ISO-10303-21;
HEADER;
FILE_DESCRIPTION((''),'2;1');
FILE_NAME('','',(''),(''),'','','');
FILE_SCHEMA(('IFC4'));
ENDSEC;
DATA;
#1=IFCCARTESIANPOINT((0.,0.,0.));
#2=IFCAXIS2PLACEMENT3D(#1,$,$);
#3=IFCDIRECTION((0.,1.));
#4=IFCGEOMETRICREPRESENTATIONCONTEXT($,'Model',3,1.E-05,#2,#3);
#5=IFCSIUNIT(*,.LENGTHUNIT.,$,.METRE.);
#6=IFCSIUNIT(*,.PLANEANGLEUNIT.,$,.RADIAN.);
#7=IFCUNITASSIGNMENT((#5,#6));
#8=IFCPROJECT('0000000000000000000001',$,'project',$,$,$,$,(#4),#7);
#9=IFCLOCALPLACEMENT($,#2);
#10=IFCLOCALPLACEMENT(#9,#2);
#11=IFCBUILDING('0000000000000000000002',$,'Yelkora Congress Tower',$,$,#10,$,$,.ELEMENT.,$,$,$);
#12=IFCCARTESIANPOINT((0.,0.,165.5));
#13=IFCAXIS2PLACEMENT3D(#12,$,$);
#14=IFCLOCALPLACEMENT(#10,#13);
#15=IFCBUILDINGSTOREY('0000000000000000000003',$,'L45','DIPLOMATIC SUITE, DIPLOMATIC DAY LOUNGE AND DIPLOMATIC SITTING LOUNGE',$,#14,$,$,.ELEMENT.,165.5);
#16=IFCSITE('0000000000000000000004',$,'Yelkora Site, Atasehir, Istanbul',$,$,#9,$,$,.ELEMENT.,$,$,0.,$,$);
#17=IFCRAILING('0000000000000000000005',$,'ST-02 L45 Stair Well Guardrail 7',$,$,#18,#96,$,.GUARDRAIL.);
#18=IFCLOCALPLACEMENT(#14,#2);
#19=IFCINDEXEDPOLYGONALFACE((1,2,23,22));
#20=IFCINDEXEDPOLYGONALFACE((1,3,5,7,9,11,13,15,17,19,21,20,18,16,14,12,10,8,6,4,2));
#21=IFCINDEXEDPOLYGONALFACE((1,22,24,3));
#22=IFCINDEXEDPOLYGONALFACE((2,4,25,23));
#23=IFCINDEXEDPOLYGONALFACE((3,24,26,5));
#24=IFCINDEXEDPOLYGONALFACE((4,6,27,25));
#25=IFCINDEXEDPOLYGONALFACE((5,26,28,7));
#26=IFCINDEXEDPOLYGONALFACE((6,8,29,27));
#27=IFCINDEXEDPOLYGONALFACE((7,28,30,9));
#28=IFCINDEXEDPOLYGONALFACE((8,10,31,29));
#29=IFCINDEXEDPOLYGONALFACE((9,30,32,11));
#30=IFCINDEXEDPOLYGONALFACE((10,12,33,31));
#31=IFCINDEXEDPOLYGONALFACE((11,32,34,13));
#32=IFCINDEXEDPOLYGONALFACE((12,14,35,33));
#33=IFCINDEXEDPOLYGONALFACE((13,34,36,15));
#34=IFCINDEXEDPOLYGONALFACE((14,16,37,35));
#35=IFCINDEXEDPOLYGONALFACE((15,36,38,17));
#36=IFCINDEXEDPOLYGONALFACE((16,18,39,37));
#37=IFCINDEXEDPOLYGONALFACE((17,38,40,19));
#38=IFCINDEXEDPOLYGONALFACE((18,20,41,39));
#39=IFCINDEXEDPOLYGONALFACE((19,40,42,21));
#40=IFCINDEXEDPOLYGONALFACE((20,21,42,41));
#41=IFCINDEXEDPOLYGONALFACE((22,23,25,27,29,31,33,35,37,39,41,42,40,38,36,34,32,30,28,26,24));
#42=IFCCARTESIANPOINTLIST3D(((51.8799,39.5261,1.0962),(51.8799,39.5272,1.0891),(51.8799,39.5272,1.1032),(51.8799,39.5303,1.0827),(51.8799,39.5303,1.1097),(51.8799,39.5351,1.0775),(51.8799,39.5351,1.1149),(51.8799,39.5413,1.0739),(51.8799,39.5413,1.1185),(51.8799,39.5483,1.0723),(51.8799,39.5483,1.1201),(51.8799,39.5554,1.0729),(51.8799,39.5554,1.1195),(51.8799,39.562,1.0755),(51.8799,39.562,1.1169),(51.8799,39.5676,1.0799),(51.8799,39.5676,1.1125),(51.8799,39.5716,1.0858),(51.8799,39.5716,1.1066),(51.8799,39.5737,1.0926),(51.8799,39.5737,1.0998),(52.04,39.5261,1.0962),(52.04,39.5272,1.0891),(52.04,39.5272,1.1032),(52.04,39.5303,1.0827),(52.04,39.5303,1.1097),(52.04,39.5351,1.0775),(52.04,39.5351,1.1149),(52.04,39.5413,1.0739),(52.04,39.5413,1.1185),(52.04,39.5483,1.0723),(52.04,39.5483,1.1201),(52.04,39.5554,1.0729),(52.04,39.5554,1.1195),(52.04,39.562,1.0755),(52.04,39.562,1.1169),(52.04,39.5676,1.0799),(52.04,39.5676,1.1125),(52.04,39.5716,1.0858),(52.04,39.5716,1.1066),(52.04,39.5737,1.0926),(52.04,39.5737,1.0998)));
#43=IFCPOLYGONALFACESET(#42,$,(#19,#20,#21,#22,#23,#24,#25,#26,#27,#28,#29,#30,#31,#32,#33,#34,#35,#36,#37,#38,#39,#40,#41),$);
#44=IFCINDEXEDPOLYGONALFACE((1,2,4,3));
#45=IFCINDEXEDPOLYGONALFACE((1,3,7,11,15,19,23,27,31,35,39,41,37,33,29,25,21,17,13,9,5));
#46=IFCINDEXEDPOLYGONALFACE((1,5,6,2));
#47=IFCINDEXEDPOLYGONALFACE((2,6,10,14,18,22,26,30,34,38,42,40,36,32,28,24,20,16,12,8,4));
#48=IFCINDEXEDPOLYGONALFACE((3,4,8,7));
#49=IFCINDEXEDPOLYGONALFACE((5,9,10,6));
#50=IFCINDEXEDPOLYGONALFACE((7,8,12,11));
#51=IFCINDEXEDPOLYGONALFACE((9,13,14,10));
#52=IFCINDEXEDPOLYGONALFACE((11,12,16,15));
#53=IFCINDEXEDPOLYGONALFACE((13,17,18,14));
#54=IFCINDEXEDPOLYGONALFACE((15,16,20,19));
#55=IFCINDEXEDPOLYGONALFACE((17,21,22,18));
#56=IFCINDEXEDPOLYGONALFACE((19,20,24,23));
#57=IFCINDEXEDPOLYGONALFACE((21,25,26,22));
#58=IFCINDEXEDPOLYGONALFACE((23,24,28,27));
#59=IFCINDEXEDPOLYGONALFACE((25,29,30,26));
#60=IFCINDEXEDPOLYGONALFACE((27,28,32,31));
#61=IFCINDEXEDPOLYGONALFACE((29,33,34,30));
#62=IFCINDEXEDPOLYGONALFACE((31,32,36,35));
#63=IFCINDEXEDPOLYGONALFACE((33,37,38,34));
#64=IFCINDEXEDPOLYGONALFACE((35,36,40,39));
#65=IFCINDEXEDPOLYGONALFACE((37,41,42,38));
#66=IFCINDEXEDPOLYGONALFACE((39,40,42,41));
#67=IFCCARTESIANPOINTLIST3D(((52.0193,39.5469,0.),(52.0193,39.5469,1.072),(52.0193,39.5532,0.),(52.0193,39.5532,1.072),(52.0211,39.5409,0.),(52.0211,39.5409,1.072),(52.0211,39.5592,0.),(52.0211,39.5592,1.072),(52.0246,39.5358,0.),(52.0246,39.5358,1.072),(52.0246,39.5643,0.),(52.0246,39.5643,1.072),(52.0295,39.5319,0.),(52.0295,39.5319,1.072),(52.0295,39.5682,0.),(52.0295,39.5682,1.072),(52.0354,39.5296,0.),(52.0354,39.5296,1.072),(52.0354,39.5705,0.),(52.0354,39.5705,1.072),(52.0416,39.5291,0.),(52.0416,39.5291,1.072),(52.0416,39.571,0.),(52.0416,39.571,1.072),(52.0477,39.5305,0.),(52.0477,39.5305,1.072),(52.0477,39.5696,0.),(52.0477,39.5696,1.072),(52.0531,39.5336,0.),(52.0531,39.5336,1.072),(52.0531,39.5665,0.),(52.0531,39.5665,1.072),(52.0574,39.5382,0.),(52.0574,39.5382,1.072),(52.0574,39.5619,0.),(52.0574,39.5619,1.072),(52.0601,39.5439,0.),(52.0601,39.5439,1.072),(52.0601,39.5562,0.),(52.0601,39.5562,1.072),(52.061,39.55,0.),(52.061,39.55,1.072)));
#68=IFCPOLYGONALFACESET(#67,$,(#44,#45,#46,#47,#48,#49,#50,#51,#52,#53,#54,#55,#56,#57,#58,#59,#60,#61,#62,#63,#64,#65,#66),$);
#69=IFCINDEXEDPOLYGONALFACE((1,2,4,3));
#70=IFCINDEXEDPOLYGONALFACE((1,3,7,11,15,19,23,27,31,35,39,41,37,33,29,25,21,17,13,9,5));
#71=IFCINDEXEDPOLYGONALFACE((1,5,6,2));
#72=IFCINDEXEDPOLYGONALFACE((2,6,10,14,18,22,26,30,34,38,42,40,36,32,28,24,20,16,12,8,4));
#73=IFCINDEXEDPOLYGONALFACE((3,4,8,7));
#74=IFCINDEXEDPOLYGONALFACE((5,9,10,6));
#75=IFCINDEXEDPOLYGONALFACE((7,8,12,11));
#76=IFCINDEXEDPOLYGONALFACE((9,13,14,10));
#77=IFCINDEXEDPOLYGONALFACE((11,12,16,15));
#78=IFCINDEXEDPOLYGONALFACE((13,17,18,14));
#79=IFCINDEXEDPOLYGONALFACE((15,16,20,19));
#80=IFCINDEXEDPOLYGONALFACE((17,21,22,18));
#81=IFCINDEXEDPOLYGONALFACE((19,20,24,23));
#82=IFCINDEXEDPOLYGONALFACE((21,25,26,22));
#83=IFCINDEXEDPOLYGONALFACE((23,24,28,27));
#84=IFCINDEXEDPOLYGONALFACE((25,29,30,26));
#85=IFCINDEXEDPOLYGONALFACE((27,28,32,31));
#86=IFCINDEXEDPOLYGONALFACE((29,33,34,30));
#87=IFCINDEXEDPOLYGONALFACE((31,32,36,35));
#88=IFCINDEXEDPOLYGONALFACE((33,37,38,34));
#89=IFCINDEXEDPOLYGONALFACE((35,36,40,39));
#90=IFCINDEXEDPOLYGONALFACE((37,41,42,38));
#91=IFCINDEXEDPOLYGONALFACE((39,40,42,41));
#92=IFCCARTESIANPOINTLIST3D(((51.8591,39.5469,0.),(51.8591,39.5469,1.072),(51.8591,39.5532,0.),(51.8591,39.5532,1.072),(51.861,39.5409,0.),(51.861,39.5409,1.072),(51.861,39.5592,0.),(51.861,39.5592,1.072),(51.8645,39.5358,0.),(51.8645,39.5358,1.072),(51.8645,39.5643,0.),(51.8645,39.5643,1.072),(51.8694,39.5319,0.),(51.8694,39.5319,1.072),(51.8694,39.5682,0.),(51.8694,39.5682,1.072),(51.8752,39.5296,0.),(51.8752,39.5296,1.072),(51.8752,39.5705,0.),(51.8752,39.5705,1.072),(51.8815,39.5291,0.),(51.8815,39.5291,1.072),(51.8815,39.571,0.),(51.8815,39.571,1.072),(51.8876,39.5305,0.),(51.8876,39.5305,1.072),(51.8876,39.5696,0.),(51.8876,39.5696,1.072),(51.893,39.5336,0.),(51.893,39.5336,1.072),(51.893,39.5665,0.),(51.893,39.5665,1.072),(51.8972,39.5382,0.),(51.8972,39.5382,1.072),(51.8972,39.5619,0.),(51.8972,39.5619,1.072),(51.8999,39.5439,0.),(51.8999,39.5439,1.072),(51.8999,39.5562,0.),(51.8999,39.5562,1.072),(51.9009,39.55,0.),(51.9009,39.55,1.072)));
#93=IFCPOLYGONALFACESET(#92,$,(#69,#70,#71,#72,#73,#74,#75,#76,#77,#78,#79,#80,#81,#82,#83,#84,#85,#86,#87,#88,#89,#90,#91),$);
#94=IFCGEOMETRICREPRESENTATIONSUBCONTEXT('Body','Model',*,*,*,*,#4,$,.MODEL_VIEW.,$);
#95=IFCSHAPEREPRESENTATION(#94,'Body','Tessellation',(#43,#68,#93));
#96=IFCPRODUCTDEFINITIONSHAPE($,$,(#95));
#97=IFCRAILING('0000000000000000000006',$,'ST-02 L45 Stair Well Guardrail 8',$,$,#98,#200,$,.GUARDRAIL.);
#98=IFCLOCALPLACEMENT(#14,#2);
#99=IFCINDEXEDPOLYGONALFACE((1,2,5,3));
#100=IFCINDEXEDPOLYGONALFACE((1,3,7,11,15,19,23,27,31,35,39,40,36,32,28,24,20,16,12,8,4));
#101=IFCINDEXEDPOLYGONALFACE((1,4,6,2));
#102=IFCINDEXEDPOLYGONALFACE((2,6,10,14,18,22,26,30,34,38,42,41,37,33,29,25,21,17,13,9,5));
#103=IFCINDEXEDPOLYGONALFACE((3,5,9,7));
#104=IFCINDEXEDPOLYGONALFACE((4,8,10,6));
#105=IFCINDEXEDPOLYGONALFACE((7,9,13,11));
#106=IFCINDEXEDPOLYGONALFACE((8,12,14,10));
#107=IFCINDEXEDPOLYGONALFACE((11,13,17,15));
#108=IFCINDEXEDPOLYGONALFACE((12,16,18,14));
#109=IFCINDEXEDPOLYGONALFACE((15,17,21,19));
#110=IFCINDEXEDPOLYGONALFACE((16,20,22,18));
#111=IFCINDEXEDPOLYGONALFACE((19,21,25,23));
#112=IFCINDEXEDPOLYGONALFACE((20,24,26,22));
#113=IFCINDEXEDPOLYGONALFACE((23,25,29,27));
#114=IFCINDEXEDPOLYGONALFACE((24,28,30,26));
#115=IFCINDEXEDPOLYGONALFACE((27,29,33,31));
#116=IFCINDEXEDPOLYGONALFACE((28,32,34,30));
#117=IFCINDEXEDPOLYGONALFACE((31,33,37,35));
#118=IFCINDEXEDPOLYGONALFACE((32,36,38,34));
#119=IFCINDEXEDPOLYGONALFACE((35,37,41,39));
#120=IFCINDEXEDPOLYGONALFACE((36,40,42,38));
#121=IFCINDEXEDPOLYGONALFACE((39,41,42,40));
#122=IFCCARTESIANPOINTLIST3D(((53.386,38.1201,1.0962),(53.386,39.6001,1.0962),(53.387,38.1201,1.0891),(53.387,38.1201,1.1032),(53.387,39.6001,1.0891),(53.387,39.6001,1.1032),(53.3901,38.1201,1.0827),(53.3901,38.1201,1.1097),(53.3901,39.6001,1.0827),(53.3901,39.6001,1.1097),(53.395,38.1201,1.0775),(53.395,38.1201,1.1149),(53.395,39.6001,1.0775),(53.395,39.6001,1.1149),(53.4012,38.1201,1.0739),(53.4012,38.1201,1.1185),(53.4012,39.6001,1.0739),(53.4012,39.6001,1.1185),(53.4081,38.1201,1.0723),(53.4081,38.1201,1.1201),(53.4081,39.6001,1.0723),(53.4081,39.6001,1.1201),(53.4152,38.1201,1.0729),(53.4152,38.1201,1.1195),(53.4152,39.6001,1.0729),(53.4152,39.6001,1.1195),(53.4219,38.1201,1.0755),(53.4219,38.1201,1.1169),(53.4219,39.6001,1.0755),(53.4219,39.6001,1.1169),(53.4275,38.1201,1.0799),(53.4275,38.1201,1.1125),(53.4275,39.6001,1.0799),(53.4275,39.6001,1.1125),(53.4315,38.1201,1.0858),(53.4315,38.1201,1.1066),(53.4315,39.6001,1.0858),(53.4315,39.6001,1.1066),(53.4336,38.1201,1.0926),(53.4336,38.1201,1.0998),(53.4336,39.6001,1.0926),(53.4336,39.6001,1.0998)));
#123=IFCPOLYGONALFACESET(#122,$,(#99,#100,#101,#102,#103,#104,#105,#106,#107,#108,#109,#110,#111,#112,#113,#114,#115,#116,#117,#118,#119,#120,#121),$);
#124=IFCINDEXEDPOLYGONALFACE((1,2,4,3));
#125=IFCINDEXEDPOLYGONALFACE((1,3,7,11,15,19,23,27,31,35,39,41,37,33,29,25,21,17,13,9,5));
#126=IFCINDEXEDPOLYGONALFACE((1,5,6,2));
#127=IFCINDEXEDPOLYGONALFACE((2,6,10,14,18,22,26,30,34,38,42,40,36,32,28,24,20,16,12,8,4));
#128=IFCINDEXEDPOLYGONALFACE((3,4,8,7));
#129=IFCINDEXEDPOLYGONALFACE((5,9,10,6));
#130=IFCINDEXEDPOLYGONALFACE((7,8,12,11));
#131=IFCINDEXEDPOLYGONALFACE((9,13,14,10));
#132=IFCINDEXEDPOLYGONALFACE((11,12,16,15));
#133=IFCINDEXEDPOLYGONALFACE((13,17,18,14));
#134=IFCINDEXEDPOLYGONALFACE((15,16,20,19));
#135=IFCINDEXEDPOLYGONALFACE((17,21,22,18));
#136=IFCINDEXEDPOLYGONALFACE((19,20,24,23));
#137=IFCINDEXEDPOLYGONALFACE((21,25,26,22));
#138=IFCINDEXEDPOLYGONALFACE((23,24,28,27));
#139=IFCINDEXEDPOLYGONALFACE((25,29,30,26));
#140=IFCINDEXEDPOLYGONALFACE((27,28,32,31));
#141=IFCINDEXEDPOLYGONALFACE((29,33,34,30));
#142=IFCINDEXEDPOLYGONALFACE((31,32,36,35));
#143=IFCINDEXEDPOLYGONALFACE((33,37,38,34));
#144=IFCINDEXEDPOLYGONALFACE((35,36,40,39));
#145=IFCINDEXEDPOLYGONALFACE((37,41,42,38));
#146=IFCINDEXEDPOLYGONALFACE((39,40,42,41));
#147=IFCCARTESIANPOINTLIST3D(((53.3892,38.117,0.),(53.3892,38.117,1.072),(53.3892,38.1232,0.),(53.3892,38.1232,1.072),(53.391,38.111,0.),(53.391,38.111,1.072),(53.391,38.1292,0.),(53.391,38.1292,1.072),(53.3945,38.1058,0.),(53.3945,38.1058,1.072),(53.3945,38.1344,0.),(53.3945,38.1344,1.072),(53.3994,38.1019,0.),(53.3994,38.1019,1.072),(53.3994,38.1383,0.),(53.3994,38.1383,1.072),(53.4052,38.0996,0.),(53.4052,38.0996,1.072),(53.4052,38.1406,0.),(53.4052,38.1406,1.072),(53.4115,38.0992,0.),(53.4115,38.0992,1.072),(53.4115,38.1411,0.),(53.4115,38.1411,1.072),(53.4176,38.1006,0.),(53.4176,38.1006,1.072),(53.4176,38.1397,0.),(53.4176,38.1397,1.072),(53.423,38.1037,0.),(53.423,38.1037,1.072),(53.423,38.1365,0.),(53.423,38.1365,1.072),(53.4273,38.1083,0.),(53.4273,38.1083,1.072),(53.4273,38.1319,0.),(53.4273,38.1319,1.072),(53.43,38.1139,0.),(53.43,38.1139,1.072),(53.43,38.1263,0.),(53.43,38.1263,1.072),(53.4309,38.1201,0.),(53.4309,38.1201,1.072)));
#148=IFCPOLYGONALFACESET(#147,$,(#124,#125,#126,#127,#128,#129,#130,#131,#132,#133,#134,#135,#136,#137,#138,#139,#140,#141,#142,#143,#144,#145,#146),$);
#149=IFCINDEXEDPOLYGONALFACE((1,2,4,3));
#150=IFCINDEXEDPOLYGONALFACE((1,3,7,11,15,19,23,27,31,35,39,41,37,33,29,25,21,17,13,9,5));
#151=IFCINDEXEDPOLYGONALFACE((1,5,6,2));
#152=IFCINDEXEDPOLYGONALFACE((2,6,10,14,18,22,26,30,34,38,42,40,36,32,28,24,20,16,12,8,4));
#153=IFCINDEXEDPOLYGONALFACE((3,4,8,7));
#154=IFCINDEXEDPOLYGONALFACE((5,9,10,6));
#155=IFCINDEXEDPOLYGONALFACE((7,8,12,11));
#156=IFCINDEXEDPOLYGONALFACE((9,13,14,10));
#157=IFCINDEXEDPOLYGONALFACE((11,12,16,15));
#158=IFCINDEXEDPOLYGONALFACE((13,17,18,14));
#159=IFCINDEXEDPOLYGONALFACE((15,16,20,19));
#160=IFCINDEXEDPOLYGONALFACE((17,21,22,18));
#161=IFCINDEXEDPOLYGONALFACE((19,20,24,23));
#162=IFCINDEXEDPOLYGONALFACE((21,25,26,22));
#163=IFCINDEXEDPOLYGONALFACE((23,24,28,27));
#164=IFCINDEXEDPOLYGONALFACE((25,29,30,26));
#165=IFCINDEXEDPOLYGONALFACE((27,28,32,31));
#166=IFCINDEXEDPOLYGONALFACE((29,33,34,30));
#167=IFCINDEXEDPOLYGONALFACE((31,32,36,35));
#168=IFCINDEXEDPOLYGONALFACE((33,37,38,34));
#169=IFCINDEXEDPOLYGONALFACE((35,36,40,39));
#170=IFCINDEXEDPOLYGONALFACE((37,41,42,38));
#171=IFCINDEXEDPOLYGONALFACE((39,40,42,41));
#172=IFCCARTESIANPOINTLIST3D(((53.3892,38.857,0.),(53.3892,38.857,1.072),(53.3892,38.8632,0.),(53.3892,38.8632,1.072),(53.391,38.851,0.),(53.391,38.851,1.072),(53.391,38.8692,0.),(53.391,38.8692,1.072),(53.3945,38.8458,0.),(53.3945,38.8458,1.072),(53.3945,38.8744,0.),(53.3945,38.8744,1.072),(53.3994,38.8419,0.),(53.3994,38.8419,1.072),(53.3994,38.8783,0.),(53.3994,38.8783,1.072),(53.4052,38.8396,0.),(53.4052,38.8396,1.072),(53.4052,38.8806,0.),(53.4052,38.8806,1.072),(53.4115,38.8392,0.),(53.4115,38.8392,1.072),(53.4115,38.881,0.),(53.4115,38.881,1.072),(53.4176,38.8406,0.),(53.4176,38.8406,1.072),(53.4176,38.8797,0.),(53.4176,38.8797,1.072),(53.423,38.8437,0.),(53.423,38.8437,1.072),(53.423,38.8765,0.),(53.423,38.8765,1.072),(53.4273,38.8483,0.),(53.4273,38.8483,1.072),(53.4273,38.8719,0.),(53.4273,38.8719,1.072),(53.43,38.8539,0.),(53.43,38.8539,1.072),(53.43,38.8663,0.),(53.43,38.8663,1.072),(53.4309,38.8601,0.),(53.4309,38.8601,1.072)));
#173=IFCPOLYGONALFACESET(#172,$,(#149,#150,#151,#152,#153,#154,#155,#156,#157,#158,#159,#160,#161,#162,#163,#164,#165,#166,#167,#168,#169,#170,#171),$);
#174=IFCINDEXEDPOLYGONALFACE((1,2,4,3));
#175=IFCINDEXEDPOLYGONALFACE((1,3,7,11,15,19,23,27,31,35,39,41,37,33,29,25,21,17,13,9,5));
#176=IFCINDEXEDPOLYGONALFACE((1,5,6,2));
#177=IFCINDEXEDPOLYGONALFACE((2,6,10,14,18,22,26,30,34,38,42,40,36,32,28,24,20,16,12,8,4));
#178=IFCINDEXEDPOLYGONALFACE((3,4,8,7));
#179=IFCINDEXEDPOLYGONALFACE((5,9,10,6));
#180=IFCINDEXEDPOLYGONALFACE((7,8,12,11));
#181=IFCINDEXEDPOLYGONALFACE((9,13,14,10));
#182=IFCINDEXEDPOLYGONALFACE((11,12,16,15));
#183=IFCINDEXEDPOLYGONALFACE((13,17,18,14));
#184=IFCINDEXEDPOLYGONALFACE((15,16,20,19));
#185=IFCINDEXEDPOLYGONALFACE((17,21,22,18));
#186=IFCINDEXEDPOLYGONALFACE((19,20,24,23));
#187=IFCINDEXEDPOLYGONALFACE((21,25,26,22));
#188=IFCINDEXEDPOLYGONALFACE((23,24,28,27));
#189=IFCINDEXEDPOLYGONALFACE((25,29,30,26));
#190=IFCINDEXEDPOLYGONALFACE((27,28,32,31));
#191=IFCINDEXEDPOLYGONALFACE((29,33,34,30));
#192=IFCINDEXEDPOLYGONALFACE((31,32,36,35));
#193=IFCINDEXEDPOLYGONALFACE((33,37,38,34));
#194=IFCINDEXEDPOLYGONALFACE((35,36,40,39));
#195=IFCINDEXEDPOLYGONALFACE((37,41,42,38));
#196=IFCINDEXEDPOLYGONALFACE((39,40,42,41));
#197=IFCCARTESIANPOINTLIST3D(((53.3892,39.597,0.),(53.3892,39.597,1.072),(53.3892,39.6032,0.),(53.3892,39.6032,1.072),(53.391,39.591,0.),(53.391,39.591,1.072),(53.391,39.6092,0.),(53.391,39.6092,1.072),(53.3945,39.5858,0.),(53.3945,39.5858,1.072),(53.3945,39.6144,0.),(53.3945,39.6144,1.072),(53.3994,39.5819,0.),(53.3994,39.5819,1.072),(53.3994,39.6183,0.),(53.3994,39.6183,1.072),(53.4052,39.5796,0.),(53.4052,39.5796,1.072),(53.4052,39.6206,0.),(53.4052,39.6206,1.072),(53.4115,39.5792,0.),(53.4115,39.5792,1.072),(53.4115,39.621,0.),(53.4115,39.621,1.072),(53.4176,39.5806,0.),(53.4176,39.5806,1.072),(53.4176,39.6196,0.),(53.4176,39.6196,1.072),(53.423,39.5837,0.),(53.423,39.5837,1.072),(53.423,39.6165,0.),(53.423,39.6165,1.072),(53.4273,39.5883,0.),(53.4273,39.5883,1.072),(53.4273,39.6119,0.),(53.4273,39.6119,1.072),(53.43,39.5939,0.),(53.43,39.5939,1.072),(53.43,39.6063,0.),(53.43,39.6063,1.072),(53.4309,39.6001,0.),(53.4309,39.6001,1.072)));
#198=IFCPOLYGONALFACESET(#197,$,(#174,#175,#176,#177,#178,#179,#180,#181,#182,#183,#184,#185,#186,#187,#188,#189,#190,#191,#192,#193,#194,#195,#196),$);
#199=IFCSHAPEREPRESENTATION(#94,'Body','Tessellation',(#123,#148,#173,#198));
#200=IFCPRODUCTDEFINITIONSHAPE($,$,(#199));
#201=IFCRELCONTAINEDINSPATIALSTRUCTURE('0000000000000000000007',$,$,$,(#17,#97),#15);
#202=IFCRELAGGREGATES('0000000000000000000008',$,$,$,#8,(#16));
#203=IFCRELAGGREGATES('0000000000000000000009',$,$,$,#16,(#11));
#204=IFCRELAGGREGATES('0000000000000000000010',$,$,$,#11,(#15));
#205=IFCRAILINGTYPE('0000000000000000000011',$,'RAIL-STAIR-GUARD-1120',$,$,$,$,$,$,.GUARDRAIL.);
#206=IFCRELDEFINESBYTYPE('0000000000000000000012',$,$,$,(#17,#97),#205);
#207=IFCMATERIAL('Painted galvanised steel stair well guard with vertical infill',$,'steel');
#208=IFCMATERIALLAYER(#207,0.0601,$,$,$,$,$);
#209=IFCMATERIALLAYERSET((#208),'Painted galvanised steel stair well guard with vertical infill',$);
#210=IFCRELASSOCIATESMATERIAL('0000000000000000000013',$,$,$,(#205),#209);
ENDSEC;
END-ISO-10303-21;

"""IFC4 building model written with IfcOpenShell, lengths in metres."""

from ifc_helpers import new_model, si_unit, direction, frame, origin, origin_2d, place, context, subcontext, project, spatial, circle, extrude, material, layer, layer_set, type_object, element, save


model = new_model("IFC4")

# Units and contexts
model_context = context("Model", 3, precision=1e-05, world=origin(), true_north=direction((0.0, 1.0)))
body_context = subcontext(model_context, "Body", "Model", "MODEL_VIEW")
ifc_project = project(units=[si_unit("LENGTHUNIT", "METRE"), si_unit("PLANEANGLEUNIT", "RADIAN")], contexts=[model_context])

# Site, building, storey
site_placement = place(None, origin())
site = spatial("IfcSite", under=ifc_project, at=site_placement, Name="Yelkora Site, Atasehir, Istanbul", CompositionType="ELEMENT", RefElevation=0.0)
building_placement = place(site_placement, origin())
building = spatial("IfcBuilding", under=site, at=building_placement, Name="Yelkora Congress Tower", CompositionType="ELEMENT")
storey_placement = place(building_placement, frame((0.0, 0.0, 165.5)))
storey = spatial("IfcBuildingStorey", under=building, at=storey_placement, Name="L45", Description="DIPLOMATIC SUITE, DIPLOMATIC DAY LOUNGE AND DIPLOMATIC SITTING LOUNGE", CompositionType="ELEMENT", Elevation=165.5)

# Railings
ifc_material_1 = material(Name="Painted galvanised steel stair well guard with vertical infill", Category="steel")
ifc_layer_1 = layer(ifc_material_1, 0.0601)
ifc_layer_set_1 = layer_set([ifc_layer_1], Name="Painted galvanised steel stair well guard with vertical infill")
railing_type_1 = type_object("IfcRailingType", Name="RAIL-STAIR-GUARD-1120", PredefinedType="GUARDRAIL", material=ifc_layer_set_1)
railing_1_placement = place(storey_placement, frame((52.04, 39.55, 0.0)))
element("IfcRailing", 1, at=railing_1_placement, inside=storey, type_object=railing_type_1, Name="ST-02 L45 Stair Well Guardrail 7", PredefinedType="GUARDRAIL", context=body_context, shape_type="SweptSolid", body=[
    extrude(circle(Radius=0.0239, at=origin_2d()), frame((0.0, 0.0, 1.0962), z_axis=(-1.0, 0.0, 0.0), x_axis=(0.0, -1.0, 0.0)), (0.0, 0.0, 1.0), 0.1602),
    extrude(circle(Radius=0.021, at=origin_2d()), origin(), (0.0, 0.0, 1.0), 1.072),
    extrude(circle(Radius=0.021, at=origin_2d()), frame((-0.1602, 0.0, 0.0)), (0.0, 0.0, 1.0), 1.072),
])
railing_2_placement = place(storey_placement, frame((53.4099, 38.1201, 0.0)))
element("IfcRailing", 2, at=railing_2_placement, inside=storey, type_object=railing_type_1, Name="ST-02 L45 Stair Well Guardrail 8", PredefinedType="GUARDRAIL", context=body_context, shape_type="SweptSolid", body=[
    extrude(circle(Radius=0.0239, at=origin_2d()), frame((0.0, 0.0, 1.0962), z_axis=(0.0, 1.0, 0.0), x_axis=(-1.0, 0.0, 0.0)), (0.0, 0.0, 1.0), 1.48),
    extrude(circle(Radius=0.021, at=origin_2d()), origin(), (0.0, 0.0, 1.0), 1.072),
    extrude(circle(Radius=0.021, at=origin_2d()), frame((0.0, 0.74, 0.0)), (0.0, 0.0, 1.0), 1.072),
    extrude(circle(Radius=0.021, at=origin_2d()), frame((0.0, 1.48, 0.0)), (0.0, 0.0, 1.0), 1.072),
])

save(model, "model.ifc")
